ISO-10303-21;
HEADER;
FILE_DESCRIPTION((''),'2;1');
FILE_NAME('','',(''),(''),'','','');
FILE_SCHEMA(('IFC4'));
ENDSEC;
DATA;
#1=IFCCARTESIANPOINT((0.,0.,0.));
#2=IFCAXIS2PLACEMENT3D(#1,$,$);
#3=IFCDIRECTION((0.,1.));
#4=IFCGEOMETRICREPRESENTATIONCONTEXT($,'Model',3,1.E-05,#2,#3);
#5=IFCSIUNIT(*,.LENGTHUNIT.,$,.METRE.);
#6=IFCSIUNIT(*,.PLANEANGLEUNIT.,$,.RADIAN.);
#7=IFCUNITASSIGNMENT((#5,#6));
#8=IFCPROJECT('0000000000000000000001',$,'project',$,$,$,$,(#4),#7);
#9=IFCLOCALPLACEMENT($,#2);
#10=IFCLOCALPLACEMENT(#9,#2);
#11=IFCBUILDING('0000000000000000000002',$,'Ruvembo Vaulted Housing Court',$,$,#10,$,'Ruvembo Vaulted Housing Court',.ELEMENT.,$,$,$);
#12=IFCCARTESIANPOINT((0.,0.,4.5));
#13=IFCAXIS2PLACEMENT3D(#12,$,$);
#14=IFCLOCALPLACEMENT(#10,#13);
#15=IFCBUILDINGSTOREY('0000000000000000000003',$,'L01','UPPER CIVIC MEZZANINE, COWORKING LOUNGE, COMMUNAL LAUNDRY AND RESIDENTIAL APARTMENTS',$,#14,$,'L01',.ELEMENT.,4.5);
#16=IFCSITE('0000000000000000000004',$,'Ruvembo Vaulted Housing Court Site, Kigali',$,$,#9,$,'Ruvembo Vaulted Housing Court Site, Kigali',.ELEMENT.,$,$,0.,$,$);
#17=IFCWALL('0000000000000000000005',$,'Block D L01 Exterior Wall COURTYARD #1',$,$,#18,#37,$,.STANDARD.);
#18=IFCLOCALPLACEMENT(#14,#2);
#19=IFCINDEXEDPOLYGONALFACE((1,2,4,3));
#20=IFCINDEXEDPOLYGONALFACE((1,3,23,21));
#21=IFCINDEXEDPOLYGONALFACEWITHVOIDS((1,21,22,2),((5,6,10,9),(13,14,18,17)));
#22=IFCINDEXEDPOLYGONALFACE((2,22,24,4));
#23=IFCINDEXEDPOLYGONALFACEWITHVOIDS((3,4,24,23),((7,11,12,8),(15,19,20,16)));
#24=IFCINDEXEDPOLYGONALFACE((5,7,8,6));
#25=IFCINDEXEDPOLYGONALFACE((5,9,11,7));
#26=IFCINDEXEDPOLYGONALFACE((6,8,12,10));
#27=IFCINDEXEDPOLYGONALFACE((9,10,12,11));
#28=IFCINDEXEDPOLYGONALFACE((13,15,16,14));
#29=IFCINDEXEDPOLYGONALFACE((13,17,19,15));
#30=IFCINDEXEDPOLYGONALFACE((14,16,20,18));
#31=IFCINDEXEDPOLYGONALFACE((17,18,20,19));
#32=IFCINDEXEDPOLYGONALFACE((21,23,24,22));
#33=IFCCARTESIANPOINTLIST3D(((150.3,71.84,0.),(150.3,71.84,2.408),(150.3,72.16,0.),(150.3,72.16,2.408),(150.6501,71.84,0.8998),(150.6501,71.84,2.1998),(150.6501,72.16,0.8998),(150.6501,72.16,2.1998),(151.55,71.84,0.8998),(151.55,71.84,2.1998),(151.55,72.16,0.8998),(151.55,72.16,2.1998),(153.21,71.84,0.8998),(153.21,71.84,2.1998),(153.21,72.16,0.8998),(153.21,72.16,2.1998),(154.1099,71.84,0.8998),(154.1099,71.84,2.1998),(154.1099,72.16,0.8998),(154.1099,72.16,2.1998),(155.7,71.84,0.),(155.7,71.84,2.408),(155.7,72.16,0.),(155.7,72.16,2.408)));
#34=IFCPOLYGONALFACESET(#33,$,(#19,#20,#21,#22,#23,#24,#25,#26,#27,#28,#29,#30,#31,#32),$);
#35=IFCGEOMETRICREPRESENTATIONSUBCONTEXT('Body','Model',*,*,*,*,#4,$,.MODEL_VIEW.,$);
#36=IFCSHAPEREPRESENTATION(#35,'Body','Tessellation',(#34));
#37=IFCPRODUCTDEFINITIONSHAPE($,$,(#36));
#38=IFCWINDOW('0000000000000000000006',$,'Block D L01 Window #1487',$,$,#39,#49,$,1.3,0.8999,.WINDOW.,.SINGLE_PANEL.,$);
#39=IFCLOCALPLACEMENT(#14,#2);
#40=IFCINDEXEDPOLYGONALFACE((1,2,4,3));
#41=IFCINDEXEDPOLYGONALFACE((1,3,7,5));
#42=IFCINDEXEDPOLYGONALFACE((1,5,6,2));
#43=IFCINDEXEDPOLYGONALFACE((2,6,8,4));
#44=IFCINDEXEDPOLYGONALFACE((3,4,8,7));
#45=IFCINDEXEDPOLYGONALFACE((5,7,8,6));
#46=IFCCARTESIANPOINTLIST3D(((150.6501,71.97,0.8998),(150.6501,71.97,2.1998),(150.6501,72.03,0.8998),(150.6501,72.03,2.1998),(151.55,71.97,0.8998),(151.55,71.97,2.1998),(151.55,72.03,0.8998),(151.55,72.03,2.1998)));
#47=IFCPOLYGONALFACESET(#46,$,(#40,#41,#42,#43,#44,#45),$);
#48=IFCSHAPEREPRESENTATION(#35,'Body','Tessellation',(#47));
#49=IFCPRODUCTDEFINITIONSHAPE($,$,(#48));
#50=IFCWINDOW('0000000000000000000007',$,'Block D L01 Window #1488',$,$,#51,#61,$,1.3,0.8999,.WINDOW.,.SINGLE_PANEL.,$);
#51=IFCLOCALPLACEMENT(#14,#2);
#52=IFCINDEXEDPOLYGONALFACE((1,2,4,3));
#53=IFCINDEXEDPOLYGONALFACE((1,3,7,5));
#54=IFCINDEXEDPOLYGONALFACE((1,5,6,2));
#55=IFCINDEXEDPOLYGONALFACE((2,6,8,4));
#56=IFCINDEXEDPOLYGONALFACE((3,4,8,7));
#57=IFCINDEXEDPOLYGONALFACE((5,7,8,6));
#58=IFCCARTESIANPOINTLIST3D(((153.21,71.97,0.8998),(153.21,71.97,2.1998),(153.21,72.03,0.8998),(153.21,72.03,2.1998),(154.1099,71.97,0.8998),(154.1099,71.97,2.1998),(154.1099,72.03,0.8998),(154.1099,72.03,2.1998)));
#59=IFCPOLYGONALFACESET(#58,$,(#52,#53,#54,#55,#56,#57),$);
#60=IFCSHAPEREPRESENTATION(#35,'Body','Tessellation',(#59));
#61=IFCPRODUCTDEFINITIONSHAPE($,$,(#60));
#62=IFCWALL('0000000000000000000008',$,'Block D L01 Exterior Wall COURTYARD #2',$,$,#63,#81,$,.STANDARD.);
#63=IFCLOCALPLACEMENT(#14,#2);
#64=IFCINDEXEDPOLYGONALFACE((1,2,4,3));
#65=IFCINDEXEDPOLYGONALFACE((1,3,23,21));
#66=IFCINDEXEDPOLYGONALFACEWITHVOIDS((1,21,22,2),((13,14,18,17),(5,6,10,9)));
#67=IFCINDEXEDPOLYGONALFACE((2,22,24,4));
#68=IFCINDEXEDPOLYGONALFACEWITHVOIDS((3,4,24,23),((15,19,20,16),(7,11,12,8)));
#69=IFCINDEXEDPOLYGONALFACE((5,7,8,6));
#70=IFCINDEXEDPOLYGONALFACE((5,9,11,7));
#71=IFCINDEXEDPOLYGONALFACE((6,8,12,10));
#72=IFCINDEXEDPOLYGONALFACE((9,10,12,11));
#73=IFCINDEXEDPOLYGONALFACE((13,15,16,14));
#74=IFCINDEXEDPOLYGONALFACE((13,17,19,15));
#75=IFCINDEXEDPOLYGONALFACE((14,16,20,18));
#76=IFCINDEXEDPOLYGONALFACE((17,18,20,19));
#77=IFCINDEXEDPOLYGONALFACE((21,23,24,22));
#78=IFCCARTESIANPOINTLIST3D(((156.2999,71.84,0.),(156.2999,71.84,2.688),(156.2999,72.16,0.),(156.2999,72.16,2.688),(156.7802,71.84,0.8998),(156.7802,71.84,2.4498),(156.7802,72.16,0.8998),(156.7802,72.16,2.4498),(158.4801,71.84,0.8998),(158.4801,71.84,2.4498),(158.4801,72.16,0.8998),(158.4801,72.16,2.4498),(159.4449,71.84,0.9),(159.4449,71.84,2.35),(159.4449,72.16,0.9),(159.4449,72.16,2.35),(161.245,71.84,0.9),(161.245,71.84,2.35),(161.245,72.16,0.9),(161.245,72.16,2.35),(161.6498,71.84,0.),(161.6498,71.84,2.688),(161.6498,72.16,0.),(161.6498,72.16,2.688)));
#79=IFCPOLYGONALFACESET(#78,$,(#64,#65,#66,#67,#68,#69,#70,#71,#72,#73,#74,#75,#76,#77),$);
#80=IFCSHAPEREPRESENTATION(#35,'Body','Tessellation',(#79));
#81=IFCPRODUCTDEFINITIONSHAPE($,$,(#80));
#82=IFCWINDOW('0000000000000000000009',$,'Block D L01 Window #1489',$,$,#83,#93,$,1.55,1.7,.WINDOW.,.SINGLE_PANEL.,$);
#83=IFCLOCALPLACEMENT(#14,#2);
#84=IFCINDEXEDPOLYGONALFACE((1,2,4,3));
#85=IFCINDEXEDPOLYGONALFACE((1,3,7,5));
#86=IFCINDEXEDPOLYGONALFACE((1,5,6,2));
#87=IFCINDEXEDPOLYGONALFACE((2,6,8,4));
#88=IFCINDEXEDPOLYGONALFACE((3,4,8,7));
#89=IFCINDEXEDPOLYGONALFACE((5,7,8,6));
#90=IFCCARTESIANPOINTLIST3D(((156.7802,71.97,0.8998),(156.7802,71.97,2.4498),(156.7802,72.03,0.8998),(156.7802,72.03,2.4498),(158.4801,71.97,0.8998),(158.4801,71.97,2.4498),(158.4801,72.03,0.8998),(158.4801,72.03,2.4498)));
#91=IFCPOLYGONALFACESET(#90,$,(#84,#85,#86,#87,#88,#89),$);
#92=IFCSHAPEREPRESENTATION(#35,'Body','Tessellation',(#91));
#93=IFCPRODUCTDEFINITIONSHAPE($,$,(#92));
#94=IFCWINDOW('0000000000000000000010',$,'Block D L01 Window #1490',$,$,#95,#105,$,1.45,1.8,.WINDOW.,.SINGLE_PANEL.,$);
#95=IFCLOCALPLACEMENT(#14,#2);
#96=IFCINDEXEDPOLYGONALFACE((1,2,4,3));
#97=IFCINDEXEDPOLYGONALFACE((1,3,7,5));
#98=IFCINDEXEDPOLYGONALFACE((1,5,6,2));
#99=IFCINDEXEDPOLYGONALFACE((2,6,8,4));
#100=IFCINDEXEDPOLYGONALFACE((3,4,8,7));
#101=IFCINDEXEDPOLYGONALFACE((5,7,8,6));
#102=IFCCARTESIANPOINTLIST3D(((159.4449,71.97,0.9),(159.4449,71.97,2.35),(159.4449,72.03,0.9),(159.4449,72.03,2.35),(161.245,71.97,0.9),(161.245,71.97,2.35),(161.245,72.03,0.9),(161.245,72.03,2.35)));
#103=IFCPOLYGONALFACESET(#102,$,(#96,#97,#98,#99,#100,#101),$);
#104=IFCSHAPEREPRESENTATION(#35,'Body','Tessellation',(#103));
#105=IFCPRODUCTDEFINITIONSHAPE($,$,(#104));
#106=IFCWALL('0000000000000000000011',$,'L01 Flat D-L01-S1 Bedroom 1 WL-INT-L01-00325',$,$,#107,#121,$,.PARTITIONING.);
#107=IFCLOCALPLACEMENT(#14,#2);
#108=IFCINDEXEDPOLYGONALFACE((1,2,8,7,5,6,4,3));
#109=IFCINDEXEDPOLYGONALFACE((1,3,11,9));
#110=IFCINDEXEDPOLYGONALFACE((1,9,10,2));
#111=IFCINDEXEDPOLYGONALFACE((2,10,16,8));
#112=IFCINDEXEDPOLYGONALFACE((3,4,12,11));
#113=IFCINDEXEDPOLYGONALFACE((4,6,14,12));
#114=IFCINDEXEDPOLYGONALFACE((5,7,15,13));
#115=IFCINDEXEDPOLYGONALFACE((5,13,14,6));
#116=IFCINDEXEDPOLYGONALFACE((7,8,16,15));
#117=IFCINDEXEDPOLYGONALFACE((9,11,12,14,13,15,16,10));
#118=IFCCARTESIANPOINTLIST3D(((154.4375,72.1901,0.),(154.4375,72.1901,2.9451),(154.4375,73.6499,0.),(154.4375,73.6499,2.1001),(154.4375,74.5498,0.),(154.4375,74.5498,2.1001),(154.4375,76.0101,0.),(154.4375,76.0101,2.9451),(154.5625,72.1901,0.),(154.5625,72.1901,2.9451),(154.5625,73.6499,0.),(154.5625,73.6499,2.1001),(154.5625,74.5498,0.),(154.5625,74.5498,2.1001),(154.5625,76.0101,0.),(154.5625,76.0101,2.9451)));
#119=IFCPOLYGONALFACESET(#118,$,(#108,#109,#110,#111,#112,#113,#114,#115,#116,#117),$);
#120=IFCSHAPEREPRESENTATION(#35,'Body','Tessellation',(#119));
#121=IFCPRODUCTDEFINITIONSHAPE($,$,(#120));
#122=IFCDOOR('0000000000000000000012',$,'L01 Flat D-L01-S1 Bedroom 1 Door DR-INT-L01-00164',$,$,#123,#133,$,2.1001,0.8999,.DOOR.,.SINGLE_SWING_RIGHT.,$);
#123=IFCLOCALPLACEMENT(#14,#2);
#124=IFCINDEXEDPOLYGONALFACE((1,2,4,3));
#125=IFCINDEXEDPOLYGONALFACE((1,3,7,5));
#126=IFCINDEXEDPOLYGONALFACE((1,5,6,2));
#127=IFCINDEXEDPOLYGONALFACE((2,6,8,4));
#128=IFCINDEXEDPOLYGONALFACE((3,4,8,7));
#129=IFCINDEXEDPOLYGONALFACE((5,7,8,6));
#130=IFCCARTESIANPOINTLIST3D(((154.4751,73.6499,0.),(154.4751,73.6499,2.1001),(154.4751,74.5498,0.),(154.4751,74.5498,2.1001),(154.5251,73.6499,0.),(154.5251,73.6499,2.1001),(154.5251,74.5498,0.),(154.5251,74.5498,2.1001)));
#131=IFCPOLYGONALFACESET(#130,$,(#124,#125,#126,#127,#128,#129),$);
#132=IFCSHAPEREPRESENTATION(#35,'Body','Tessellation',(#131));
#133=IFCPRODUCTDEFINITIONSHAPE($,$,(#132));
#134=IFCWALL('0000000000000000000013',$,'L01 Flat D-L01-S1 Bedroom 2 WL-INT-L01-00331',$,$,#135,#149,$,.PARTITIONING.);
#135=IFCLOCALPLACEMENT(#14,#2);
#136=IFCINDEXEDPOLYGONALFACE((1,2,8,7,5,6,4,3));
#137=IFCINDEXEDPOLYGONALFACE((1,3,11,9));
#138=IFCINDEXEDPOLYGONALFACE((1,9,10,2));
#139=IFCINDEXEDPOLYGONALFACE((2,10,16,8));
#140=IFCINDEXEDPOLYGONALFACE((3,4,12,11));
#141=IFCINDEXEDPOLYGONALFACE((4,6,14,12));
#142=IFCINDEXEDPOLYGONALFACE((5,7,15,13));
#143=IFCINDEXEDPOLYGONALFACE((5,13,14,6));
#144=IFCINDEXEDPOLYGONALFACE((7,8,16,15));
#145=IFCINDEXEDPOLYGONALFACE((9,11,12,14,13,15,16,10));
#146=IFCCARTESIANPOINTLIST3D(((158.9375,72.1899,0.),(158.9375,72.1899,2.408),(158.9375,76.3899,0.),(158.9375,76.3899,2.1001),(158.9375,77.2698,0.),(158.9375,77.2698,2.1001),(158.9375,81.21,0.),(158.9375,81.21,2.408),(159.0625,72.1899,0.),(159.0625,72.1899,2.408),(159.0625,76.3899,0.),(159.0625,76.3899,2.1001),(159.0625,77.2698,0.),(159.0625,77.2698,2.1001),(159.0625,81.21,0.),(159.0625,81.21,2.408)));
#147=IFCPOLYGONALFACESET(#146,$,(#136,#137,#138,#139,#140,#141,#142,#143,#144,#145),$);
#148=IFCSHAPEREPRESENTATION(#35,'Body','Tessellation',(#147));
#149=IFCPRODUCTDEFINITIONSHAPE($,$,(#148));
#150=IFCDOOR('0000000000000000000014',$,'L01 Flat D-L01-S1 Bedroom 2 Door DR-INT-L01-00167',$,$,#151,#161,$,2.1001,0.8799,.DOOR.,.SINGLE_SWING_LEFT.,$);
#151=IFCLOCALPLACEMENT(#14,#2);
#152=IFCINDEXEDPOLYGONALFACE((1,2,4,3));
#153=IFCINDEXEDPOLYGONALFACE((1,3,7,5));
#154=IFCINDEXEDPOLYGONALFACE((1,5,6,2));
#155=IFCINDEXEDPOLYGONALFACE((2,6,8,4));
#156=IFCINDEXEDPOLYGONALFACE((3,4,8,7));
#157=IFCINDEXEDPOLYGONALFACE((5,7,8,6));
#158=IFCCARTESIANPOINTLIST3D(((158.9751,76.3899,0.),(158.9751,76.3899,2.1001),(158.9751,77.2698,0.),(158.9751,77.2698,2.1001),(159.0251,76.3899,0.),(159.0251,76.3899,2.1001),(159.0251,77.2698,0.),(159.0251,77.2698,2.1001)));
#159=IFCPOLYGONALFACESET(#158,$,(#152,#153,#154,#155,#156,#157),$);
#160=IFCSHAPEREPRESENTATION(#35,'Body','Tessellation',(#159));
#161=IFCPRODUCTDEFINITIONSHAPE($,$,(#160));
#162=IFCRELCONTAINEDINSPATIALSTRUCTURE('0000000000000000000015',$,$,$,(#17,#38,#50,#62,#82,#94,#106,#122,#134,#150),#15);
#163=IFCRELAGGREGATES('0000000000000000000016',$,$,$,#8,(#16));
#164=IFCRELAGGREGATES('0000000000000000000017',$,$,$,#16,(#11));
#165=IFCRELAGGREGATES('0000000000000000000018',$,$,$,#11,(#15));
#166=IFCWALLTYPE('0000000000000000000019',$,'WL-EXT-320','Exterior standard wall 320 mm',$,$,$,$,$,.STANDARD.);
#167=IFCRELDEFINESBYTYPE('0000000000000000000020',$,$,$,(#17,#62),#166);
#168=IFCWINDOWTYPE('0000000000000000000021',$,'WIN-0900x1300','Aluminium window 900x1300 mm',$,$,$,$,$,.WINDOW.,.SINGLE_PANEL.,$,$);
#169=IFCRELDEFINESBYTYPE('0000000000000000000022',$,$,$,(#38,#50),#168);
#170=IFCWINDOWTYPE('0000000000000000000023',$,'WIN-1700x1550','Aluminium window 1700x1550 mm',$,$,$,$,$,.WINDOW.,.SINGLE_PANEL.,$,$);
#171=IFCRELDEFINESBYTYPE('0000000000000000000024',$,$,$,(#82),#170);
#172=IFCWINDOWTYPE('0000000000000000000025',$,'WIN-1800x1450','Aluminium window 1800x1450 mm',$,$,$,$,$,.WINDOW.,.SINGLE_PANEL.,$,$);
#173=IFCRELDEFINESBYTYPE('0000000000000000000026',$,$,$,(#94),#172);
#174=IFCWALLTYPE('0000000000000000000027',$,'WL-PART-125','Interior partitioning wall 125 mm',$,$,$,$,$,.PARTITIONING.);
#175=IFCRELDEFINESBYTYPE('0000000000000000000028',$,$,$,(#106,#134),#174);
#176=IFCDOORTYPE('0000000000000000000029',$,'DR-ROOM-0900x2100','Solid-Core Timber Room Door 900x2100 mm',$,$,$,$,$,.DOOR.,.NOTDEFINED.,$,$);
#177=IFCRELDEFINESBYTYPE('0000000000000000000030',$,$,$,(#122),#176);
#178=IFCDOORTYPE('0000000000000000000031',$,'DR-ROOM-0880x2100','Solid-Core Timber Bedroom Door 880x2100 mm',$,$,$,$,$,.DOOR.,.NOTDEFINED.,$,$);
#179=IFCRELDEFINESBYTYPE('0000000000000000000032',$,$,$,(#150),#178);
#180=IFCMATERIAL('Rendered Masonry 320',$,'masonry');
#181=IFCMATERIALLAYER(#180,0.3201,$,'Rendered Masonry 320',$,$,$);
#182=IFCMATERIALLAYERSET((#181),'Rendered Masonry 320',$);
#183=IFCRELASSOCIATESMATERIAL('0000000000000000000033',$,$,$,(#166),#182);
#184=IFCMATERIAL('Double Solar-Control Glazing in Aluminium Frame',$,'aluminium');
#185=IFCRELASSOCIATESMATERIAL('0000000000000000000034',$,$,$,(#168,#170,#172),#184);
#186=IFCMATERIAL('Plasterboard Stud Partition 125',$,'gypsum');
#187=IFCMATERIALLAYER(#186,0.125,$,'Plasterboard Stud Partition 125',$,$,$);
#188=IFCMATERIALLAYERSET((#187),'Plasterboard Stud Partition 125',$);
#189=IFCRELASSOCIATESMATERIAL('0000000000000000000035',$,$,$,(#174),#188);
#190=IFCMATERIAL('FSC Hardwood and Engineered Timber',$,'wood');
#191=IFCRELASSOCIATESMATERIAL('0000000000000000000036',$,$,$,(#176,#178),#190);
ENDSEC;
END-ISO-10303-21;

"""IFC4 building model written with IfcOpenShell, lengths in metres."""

from ifc_helpers import new_model, si_unit, direction, frame, frame_2d, origin, place, context, subcontext, project, spatial, rectangle, extrude, material, layer, layer_set, type_object, element, fill, save


model = new_model("IFC4")

# Units and contexts
model_context = context("Model", 3, precision=1e-05, world=origin(), true_north=direction((0.0, 1.0)))
body_context = subcontext(model_context, "Body", "Model", "MODEL_VIEW")
ifc_project = project(units=[si_unit("LENGTHUNIT", "METRE"), si_unit("PLANEANGLEUNIT", "RADIAN")], contexts=[model_context])

# Site, building, storey
site_placement = place(None, origin())
site = spatial("IfcSite", under=ifc_project, at=site_placement, Name="Ruvembo Vaulted Housing Court Site, Kigali", LongName="Ruvembo Vaulted Housing Court Site, Kigali", CompositionType="ELEMENT", RefElevation=0.0)
building_placement = place(site_placement, origin())
building = spatial("IfcBuilding", under=site, at=building_placement, Name="Ruvembo Vaulted Housing Court", LongName="Ruvembo Vaulted Housing Court", CompositionType="ELEMENT")
storey_placement = place(building_placement, frame((0.0, 0.0, 4.5)))
storey = spatial("IfcBuildingStorey", under=building, at=storey_placement, Name="L01", Description="UPPER CIVIC MEZZANINE, COWORKING LOUNGE, COMMUNAL LAUNDRY AND RESIDENTIAL APARTMENTS", LongName="L01", CompositionType="ELEMENT", Elevation=4.5)

# Walls, openings, windows
ifc_material_1 = material(Name="Rendered Masonry 320", Category="masonry")
ifc_layer_1 = layer(ifc_material_1, 0.3201, Name="Rendered Masonry 320")
ifc_layer_set_1 = layer_set([ifc_layer_1], Name="Rendered Masonry 320")
wall_type_1 = type_object("IfcWallType", Name="WL-EXT-320", Description="Exterior standard wall 320 mm", PredefinedType="STANDARD", material=ifc_layer_set_1)
wall_1_placement = place(storey_placement, frame((150.3, 72.0, 0.0), z_axis=(0.0, 0.0, 1.0), x_axis=(1.0, 0.0, 0.0)))
wall_1 = element("IfcWall", 1, at=wall_1_placement, inside=storey, type_object=wall_type_1, Name="Block D L01 Exterior Wall COURTYARD #1", PredefinedType="STANDARD", context=body_context, shape_type="SweptSolid", body=[
    extrude(rectangle(XDim=5.3999, YDim=0.3201, at=frame_2d((2.7, 0.0))), origin(), (0.0, 0.0, 1.0), 2.408),
])
opening_1_placement = place(wall_1_placement, frame((0.3501, 0.0, 0.8999)))
opening_1 = element("IfcOpeningElement", 2, at=opening_1_placement, cuts=wall_1, PredefinedType="OPENING", context=body_context, shape_type="SweptSolid", body=[
    extrude(rectangle(XDim=0.8999, YDim=1.3, at=frame_2d((0.45, 0.6499))), frame((0.0, 0.1699, 0.0), z_axis=(0.0, -1.0, 0.0), x_axis=(1.0, 0.0, 0.0)), (0.0, 0.0, 1.0), 0.3401),
])
opening_2_placement = place(wall_1_placement, frame((2.9099, 0.0, 0.8999)))
opening_2 = element("IfcOpeningElement", 3, at=opening_2_placement, cuts=wall_1, PredefinedType="OPENING", context=body_context, shape_type="SweptSolid", body=[
    extrude(rectangle(XDim=0.8999, YDim=1.3, at=frame_2d((0.45, 0.6499))), frame((0.0, 0.1699, 0.0), z_axis=(0.0, -1.0, 0.0), x_axis=(1.0, 0.0, 0.0)), (0.0, 0.0, 1.0), 0.3401),
])
ifc_material_2 = material(Name="Double Solar-Control Glazing in Aluminium Frame", Category="aluminium")
window_type_1 = type_object("IfcWindowType", Name="WIN-0900x1300", Description="Aluminium window 900x1300 mm", PartitioningType="SINGLE_PANEL", PredefinedType="WINDOW", material=ifc_material_2)
window_1_placement = place(opening_1_placement, origin())
window_1 = element("IfcWindow", 4, at=window_1_placement, inside=storey, type_object=window_type_1, Name="Block D L01 Window #1487", OverallHeight=1.3, OverallWidth=0.8999, PartitioningType="SINGLE_PANEL", PredefinedType="WINDOW", context=body_context, shape_type="SweptSolid", body=[
    extrude(rectangle(XDim=0.8999, YDim=1.3, at=frame_2d((0.45, 0.6499))), frame((0.0, 0.03, 0.0), z_axis=(0.0, -1.0, 0.0), x_axis=(1.0, 0.0, 0.0)), (0.0, 0.0, 1.0), 0.0601),
])
fill(opening_1, window_1)
window_2_placement = place(opening_2_placement, origin())
window_2 = element("IfcWindow", 5, at=window_2_placement, inside=storey, type_object=window_type_1, Name="Block D L01 Window #1488", OverallHeight=1.3, OverallWidth=0.8999, PartitioningType="SINGLE_PANEL", PredefinedType="WINDOW", context=body_context, shape_type="SweptSolid", body=[
    extrude(rectangle(XDim=0.8999, YDim=1.3, at=frame_2d((0.45, 0.6499))), frame((0.0, 0.03, 0.0), z_axis=(0.0, -1.0, 0.0), x_axis=(1.0, 0.0, 0.0)), (0.0, 0.0, 1.0), 0.0601),
])
fill(opening_2, window_2)
wall_2_placement = place(storey_placement, frame((156.3, 72.0, 0.0), z_axis=(0.0, 0.0, 1.0), x_axis=(1.0, 0.0, 0.0)))
wall_2 = element("IfcWall", 6, at=wall_2_placement, inside=storey, type_object=wall_type_1, Name="Block D L01 Exterior Wall COURTYARD #2", PredefinedType="STANDARD", context=body_context, shape_type="SweptSolid", body=[
    extrude(rectangle(XDim=5.3499, YDim=0.3201, at=frame_2d((2.6748, 0.0))), origin(), (0.0, 0.0, 1.0), 2.688),
])
opening_3_placement = place(wall_2_placement, frame((0.48, 0.0, 0.8999)))
opening_3 = element("IfcOpeningElement", 7, at=opening_3_placement, cuts=wall_2, PredefinedType="OPENING", context=body_context, shape_type="SweptSolid", body=[
    extrude(rectangle(XDim=1.7, YDim=1.55, at=frame_2d((0.8501, 0.7749))), frame((0.0, 0.1699, 0.0), z_axis=(0.0, -1.0, 0.0), x_axis=(1.0, 0.0, 0.0)), (0.0, 0.0, 1.0), 0.3401),
])
opening_4_placement = place(wall_2_placement, frame((3.145, 0.0, 0.8999)))
opening_4 = element("IfcOpeningElement", 8, at=opening_4_placement, cuts=wall_2, PredefinedType="OPENING", context=body_context, shape_type="SweptSolid", body=[
    extrude(rectangle(XDim=1.8, YDim=1.45, at=frame_2d((0.8999, 0.7251))), frame((0.0, 0.1699, 0.0), z_axis=(0.0, -1.0, 0.0), x_axis=(1.0, 0.0, 0.0)), (0.0, 0.0, 1.0), 0.3401),
])
window_type_2 = type_object("IfcWindowType", Name="WIN-1700x1550", Description="Aluminium window 1700x1550 mm", PartitioningType="SINGLE_PANEL", PredefinedType="WINDOW", material=ifc_material_2)
window_3_placement = place(opening_3_placement, origin())
window_3 = element("IfcWindow", 9, at=window_3_placement, inside=storey, type_object=window_type_2, Name="Block D L01 Window #1489", OverallHeight=1.55, OverallWidth=1.7, PartitioningType="SINGLE_PANEL", PredefinedType="WINDOW", context=body_context, shape_type="SweptSolid", body=[
    extrude(rectangle(XDim=1.7, YDim=1.55, at=frame_2d((0.8501, 0.7749))), frame((0.0, 0.03, 0.0), z_axis=(0.0, -1.0, 0.0), x_axis=(1.0, 0.0, 0.0)), (0.0, 0.0, 1.0), 0.0601),
])
fill(opening_3, window_3)
window_type_3 = type_object("IfcWindowType", Name="WIN-1800x1450", Description="Aluminium window 1800x1450 mm", PartitioningType="SINGLE_PANEL", PredefinedType="WINDOW", material=ifc_material_2)
window_4_placement = place(opening_4_placement, origin())
window_4 = element("IfcWindow", 10, at=window_4_placement, inside=storey, type_object=window_type_3, Name="Block D L01 Window #1490", OverallHeight=1.45, OverallWidth=1.8, PartitioningType="SINGLE_PANEL", PredefinedType="WINDOW", context=body_context, shape_type="SweptSolid", body=[
    extrude(rectangle(XDim=1.8, YDim=1.45, at=frame_2d((0.8999, 0.7251))), frame((0.0, 0.03, 0.0), z_axis=(0.0, -1.0, 0.0), x_axis=(1.0, 0.0, 0.0)), (0.0, 0.0, 1.0), 0.0601),
])
fill(opening_4, window_4)

# Walls, openings, doors
ifc_material_3 = material(Name="Plasterboard Stud Partition 125", Category="gypsum")
ifc_layer_2 = layer(ifc_material_3, 0.125, Name="Plasterboard Stud Partition 125")
ifc_layer_set_2 = layer_set([ifc_layer_2], Name="Plasterboard Stud Partition 125")
wall_type_2 = type_object("IfcWallType", Name="WL-PART-125", Description="Interior partitioning wall 125 mm", PredefinedType="PARTITIONING", material=ifc_layer_set_2)
wall_3_placement = place(storey_placement, frame((154.5, 72.1899, 0.0), z_axis=(0.0, 0.0, 1.0), x_axis=(0.0, 1.0, 0.0)))
wall_3 = element("IfcWall", 11, at=wall_3_placement, inside=storey, type_object=wall_type_2, Name="L01 Flat D-L01-S1 Bedroom 1 WL-INT-L01-00325", PredefinedType="PARTITIONING", context=body_context, shape_type="SweptSolid", body=[
    extrude(rectangle(XDim=3.8201, YDim=0.125, at=frame_2d((1.9102, 0.0))), origin(), (0.0, 0.0, 1.0), 2.9451),
])
opening_5_placement = place(wall_3_placement, frame((1.46, 0.0, 0.0)))
opening_5 = element("IfcOpeningElement", 12, at=opening_5_placement, cuts=wall_3, PredefinedType="OPENING", context=body_context, shape_type="SweptSolid", body=[
    extrude(rectangle(XDim=0.8999, YDim=2.1001, at=frame_2d((0.45, 1.05))), frame((0.0, 0.0725, 0.0), z_axis=(0.0, -1.0, 0.0), x_axis=(1.0, 0.0, 0.0)), (0.0, 0.0, 1.0), 0.145),
])
ifc_material_4 = material(Name="FSC Hardwood and Engineered Timber", Category="wood")
door_type_1 = type_object("IfcDoorType", Name="DR-ROOM-0900x2100", Description="Solid-Core Timber Room Door 900x2100 mm", OperationType="NOTDEFINED", PredefinedType="DOOR", material=ifc_material_4)
door_1_placement = place(opening_5_placement, origin())
door_1 = element("IfcDoor", 13, at=door_1_placement, inside=storey, type_object=door_type_1, Name="L01 Flat D-L01-S1 Bedroom 1 Door DR-INT-L01-00164", OperationType="SINGLE_SWING_RIGHT", OverallHeight=2.1001, OverallWidth=0.8999, PredefinedType="DOOR", context=body_context, shape_type="SweptSolid", body=[
    extrude(rectangle(XDim=0.8999, YDim=2.1001, at=frame_2d((0.45, 1.05))), frame((0.0, 0.0249, 0.0), z_axis=(0.0, -1.0, 0.0), x_axis=(1.0, 0.0, 0.0)), (0.0, 0.0, 1.0), 0.05),
])
fill(opening_5, door_1)
wall_4_placement = place(storey_placement, frame((159.0, 72.1899, 0.0), z_axis=(0.0, 0.0, 1.0), x_axis=(0.0, 1.0, 0.0)))
wall_4 = element("IfcWall", 14, at=wall_4_placement, inside=storey, type_object=wall_type_2, Name="L01 Flat D-L01-S1 Bedroom 2 WL-INT-L01-00331", PredefinedType="PARTITIONING", context=body_context, shape_type="SweptSolid", body=[
    extrude(rectangle(XDim=9.02, YDim=0.125, at=frame_2d((4.51, 0.0))), origin(), (0.0, 0.0, 1.0), 2.408),
])
opening_6_placement = place(wall_4_placement, frame((4.2, 0.0, 0.0)))
opening_6 = element("IfcOpeningElement", 15, at=opening_6_placement, cuts=wall_4, PredefinedType="OPENING", context=body_context, shape_type="SweptSolid", body=[
    extrude(rectangle(XDim=0.8799, YDim=2.1001, at=frame_2d((0.4399, 1.05))), frame((0.0, 0.0725, 0.0), z_axis=(0.0, -1.0, 0.0), x_axis=(1.0, 0.0, 0.0)), (0.0, 0.0, 1.0), 0.145),
])
door_type_2 = type_object("IfcDoorType", Name="DR-ROOM-0880x2100", Description="Solid-Core Timber Bedroom Door 880x2100 mm", OperationType="NOTDEFINED", PredefinedType="DOOR", material=ifc_material_4)
door_2_placement = place(opening_6_placement, origin())
door_2 = element("IfcDoor", 16, at=door_2_placement, inside=storey, type_object=door_type_2, Name="L01 Flat D-L01-S1 Bedroom 2 Door DR-INT-L01-00167", OperationType="SINGLE_SWING_LEFT", OverallHeight=2.1001, OverallWidth=0.8799, PredefinedType="DOOR", context=body_context, shape_type="SweptSolid", body=[
    extrude(rectangle(XDim=0.8799, YDim=2.1001, at=frame_2d((0.4399, 1.05))), frame((0.0, 0.0249, 0.0), z_axis=(0.0, -1.0, 0.0), x_axis=(1.0, 0.0, 0.0)), (0.0, 0.0, 1.0), 0.05),
])
fill(opening_6, door_2)

save(model, "model.ifc")
